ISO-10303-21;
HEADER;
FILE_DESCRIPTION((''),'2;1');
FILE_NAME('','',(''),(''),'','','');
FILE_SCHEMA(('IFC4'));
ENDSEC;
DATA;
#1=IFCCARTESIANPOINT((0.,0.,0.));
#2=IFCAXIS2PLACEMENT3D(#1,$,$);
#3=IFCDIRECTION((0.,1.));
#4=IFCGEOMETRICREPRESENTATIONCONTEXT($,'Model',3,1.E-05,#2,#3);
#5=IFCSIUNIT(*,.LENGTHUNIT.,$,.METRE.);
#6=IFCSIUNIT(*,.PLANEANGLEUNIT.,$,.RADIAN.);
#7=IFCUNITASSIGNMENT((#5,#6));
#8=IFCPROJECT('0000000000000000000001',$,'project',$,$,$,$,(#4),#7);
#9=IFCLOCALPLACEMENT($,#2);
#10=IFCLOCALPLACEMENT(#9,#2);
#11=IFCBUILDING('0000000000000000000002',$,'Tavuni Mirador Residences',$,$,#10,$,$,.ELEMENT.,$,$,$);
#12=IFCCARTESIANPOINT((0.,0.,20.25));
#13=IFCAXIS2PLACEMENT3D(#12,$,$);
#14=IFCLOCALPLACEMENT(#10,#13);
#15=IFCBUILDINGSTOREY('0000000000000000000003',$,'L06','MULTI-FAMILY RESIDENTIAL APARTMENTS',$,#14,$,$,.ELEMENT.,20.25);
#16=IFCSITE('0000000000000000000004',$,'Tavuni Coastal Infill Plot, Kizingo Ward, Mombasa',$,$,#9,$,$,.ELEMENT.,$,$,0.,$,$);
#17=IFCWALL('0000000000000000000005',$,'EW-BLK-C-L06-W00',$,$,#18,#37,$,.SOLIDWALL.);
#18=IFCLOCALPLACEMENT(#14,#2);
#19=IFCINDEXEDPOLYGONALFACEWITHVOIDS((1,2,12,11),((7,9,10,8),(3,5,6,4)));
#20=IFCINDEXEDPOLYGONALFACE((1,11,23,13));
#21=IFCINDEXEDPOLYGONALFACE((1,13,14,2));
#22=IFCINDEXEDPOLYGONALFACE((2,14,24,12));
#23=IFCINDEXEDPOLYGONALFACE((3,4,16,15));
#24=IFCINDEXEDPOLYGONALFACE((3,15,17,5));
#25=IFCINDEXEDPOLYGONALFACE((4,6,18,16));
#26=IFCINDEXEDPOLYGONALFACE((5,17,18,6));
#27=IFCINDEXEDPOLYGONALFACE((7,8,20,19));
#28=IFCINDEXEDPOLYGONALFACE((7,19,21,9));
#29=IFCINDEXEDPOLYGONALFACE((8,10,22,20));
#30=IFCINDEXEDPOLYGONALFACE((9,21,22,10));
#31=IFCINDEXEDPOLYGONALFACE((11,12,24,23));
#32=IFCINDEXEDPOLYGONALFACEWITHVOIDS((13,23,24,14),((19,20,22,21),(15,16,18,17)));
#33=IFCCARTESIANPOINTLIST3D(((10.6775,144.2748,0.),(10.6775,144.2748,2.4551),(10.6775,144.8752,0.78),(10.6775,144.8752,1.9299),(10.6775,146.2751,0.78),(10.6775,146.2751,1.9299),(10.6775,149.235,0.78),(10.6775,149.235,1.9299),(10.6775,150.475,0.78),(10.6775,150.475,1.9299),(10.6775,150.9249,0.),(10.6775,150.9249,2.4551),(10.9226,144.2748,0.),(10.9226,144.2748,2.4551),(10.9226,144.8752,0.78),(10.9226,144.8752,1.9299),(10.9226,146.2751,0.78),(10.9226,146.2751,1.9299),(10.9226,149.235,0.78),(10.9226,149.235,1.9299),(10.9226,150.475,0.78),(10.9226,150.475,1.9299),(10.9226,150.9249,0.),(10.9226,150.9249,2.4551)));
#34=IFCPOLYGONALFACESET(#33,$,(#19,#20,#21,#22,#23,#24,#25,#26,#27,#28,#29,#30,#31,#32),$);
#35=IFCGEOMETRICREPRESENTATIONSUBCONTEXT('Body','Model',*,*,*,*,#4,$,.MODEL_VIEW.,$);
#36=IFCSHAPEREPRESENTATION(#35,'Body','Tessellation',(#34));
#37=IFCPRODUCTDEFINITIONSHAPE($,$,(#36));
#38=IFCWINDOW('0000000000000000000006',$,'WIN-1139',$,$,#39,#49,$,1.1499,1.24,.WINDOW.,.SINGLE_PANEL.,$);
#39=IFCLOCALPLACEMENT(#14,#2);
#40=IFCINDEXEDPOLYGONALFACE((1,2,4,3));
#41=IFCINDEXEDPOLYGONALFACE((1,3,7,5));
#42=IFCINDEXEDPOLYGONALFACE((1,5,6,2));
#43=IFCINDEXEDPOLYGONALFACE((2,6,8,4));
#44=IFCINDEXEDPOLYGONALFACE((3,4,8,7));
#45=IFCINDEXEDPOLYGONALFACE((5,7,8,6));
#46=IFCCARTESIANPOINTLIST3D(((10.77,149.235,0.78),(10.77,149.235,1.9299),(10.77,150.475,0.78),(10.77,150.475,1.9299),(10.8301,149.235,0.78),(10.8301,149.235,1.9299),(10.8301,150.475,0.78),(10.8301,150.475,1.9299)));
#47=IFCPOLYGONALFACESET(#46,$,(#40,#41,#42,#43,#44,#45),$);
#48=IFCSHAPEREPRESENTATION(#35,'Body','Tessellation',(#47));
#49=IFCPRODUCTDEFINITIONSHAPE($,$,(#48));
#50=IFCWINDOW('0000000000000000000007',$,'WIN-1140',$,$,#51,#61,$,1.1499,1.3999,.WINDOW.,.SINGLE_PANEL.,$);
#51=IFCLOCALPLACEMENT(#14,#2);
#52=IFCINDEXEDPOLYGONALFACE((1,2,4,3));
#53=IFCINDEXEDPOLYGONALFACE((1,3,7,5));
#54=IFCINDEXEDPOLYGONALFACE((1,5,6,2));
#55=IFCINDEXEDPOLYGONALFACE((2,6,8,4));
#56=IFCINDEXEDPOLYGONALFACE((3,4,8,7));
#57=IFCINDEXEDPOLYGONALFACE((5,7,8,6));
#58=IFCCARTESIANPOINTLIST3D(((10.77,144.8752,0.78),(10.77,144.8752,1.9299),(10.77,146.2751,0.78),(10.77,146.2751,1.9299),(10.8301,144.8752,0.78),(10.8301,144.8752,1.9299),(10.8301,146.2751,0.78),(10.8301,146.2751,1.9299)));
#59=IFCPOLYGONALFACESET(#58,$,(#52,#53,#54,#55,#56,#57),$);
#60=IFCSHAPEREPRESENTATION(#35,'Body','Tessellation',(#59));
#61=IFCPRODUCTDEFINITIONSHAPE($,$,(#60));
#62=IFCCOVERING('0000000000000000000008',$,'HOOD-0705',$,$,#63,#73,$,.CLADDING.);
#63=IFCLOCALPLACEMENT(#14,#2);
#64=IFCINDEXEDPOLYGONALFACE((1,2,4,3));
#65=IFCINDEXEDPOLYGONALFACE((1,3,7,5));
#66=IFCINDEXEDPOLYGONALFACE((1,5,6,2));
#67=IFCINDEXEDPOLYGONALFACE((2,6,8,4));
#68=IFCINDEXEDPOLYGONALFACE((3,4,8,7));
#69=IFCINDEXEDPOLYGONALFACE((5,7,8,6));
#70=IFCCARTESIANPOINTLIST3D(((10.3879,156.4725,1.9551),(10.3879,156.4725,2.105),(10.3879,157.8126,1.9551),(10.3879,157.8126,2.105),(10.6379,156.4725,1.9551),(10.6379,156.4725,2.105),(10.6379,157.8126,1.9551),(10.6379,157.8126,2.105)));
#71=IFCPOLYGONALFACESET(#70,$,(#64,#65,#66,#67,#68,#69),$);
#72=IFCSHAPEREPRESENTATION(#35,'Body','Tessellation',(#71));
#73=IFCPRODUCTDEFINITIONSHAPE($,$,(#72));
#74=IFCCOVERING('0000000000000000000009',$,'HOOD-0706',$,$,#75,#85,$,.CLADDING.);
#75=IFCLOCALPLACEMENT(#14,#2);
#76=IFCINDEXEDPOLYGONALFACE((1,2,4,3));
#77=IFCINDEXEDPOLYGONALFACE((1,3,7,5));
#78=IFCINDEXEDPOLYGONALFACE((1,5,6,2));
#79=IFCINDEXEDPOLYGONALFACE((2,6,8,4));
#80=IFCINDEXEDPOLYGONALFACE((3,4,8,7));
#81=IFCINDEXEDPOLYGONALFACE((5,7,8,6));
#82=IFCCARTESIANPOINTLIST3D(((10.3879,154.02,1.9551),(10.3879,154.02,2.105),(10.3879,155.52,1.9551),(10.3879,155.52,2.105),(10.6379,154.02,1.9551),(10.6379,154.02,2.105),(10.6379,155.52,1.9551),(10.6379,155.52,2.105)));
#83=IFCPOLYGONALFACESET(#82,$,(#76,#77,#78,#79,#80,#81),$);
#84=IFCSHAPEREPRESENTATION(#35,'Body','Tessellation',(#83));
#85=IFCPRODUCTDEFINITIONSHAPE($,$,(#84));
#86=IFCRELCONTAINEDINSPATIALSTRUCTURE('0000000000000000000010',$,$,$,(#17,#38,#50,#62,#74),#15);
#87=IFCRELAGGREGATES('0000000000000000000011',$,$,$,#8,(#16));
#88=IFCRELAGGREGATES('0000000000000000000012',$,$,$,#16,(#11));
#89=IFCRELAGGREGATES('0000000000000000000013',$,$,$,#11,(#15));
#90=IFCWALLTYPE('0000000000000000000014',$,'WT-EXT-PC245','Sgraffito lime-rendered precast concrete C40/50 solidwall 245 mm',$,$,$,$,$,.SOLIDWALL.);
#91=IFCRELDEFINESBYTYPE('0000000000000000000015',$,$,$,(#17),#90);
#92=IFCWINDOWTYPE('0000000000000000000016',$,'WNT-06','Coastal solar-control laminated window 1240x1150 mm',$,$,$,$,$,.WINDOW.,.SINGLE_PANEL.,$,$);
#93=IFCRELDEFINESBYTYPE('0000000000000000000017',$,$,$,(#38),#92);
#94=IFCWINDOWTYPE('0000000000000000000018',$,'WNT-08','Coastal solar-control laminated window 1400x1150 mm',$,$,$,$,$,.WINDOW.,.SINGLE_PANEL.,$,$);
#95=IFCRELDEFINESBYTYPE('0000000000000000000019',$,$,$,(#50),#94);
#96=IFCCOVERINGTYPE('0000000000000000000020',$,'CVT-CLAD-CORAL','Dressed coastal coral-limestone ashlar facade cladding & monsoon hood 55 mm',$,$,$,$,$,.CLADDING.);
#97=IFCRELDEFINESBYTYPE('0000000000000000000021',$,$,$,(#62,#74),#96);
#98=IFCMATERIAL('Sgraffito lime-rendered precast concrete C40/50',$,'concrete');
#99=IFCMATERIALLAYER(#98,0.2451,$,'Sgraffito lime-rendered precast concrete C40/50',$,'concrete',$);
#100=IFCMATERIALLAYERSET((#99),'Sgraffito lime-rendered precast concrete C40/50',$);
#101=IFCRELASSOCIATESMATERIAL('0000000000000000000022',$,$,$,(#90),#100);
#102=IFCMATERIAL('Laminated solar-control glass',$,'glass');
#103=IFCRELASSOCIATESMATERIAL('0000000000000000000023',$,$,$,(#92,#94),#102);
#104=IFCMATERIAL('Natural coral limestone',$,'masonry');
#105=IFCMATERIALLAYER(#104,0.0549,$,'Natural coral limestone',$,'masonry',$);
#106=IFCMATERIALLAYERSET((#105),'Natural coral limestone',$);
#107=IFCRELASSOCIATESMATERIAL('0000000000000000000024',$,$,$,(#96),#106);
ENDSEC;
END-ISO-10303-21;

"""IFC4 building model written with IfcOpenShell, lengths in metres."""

from ifc_helpers import new_model, si_unit, direction, frame, frame_2d, origin, origin_2d, place, context, subcontext, project, spatial, rectangle, extrude, material, layer, layer_set, type_object, element, fill, save


model = new_model("IFC4")

# Units and contexts
model_context = context("Model", 3, precision=1e-05, world=origin(), true_north=direction((0.0, 1.0)))
body_context = subcontext(model_context, "Body", "Model", "MODEL_VIEW")
ifc_project = project(units=[si_unit("LENGTHUNIT", "METRE"), si_unit("PLANEANGLEUNIT", "RADIAN")], contexts=[model_context])

# Site, building, storey
site_placement = place(None, origin())
site = spatial("IfcSite", under=ifc_project, at=site_placement, Name="Tavuni Coastal Infill Plot, Kizingo Ward, Mombasa", CompositionType="ELEMENT", RefElevation=0.0)
building_placement = place(site_placement, origin())
building = spatial("IfcBuilding", under=site, at=building_placement, Name="Tavuni Mirador Residences", CompositionType="ELEMENT")
storey_placement = place(building_placement, frame((0.0, 0.0, 20.25)))
storey = spatial("IfcBuildingStorey", under=building, at=storey_placement, Name="L06", Description="MULTI-FAMILY RESIDENTIAL APARTMENTS", CompositionType="ELEMENT", Elevation=20.25)

# Wall, openings, windows
ifc_material_1 = material(Name="Laminated solar-control glass", Category="glass")
ifc_material_2 = material(Name="Sgraffito lime-rendered precast concrete C40/50", Category="concrete")
ifc_layer_1 = layer(ifc_material_2, 0.2451, Name="Sgraffito lime-rendered precast concrete C40/50", Category="concrete")
ifc_layer_set_1 = layer_set([ifc_layer_1], Name="Sgraffito lime-rendered precast concrete C40/50")
wall_type_1 = type_object("IfcWallType", Name="WT-EXT-PC245", Description="Sgraffito lime-rendered precast concrete C40/50 solidwall 245 mm", PredefinedType="SOLIDWALL", material=ifc_layer_set_1)
wall_1_placement = place(storey_placement, frame((10.8, 150.925, 0.0), z_axis=(0.0, 0.0, 1.0), x_axis=(0.0, -1.0, 0.0)))
wall_1 = element("IfcWall", 1, at=wall_1_placement, inside=storey, type_object=wall_type_1, Name="EW-BLK-C-L06-W00", PredefinedType="SOLIDWALL", context=body_context, shape_type="SweptSolid", body=[
    extrude(rectangle(XDim=6.6501, YDim=0.2451, at=frame_2d((3.3252, 0.0))), origin(), (0.0, 0.0, 1.0), 2.4551),
])
opening_1_placement = place(wall_1_placement, frame((0.45, 0.0, 0.78)))
opening_1 = element("IfcOpeningElement", 2, at=opening_1_placement, cuts=wall_1, PredefinedType="OPENING", context=body_context, shape_type="SweptSolid", body=[
    extrude(rectangle(XDim=1.24, YDim=1.1499, at=frame_2d((0.6201, 0.575))), frame((0.0, 0.1326, 0.0), z_axis=(0.0, -1.0, 0.0), x_axis=(1.0, 0.0, 0.0)), (0.0, 0.0, 1.0), 0.2651),
])
opening_2_placement = place(wall_1_placement, frame((4.6499, 0.0, 0.78)))
opening_2 = element("IfcOpeningElement", 3, at=opening_2_placement, cuts=wall_1, PredefinedType="OPENING", context=body_context, shape_type="SweptSolid", body=[
    extrude(rectangle(XDim=1.3999, YDim=1.1499, at=frame_2d((0.7, 0.575))), frame((0.0, 0.1326, 0.0), z_axis=(0.0, -1.0, 0.0), x_axis=(1.0, 0.0, 0.0)), (0.0, 0.0, 1.0), 0.2651),
])
window_type_1 = type_object("IfcWindowType", Name="WNT-06", Description="Coastal solar-control laminated window 1240x1150 mm", PartitioningType="SINGLE_PANEL", PredefinedType="WINDOW", material=ifc_material_1)
window_1_placement = place(opening_1_placement, origin())
window_1 = element("IfcWindow", 4, at=window_1_placement, inside=storey, type_object=window_type_1, Name="WIN-1139", OverallHeight=1.1499, OverallWidth=1.24, PartitioningType="SINGLE_PANEL", PredefinedType="WINDOW", context=body_context, shape_type="SweptSolid", body=[
    extrude(rectangle(XDim=1.24, YDim=1.1499, at=frame_2d((0.6201, 0.575))), frame((0.0, 0.03, 0.0), z_axis=(0.0, -1.0, 0.0), x_axis=(1.0, 0.0, 0.0)), (0.0, 0.0, 1.0), 0.0601),
])
fill(opening_1, window_1)
window_type_2 = type_object("IfcWindowType", Name="WNT-08", Description="Coastal solar-control laminated window 1400x1150 mm", PartitioningType="SINGLE_PANEL", PredefinedType="WINDOW", material=ifc_material_1)
window_2_placement = place(opening_2_placement, origin())
window_2 = element("IfcWindow", 5, at=window_2_placement, inside=storey, type_object=window_type_2, Name="WIN-1140", OverallHeight=1.1499, OverallWidth=1.3999, PartitioningType="SINGLE_PANEL", PredefinedType="WINDOW", context=body_context, shape_type="SweptSolid", body=[
    extrude(rectangle(XDim=1.3999, YDim=1.1499, at=frame_2d((0.7, 0.575))), frame((0.0, 0.03, 0.0), z_axis=(0.0, -1.0, 0.0), x_axis=(1.0, 0.0, 0.0)), (0.0, 0.0, 1.0), 0.0601),
])
fill(opening_2, window_2)

# Coverings
ifc_material_3 = material(Name="Natural coral limestone", Category="masonry")
ifc_layer_2 = layer(ifc_material_3, 0.0549, Name="Natural coral limestone", Category="masonry")
ifc_layer_set_2 = layer_set([ifc_layer_2], Name="Natural coral limestone")
covering_type = type_object("IfcCoveringType", Name="CVT-CLAD-CORAL", Description="Dressed coastal coral-limestone ashlar facade cladding & monsoon hood 55 mm", PredefinedType="CLADDING", material=ifc_layer_set_2)
covering_1_placement = place(storey_placement, frame((10.5129, 157.1426, 1.9551), z_axis=(0.0, 0.0, 1.0), x_axis=(0.0, -1.0, 0.0)))
element("IfcCovering", 6, at=covering_1_placement, inside=storey, type_object=covering_type, Name="HOOD-0705", PredefinedType="CLADDING", context=body_context, shape_type="SweptSolid", body=[
    extrude(rectangle(XDim=1.3401, YDim=0.25, at=origin_2d()), origin(), (0.0, 0.0, 1.0), 0.1499),
])
covering_2_placement = place(storey_placement, frame((10.5129, 154.77, 1.9551), z_axis=(0.0, 0.0, 1.0), x_axis=(0.0, -1.0, 0.0)))
element("IfcCovering", 7, at=covering_2_placement, inside=storey, type_object=covering_type, Name="HOOD-0706", PredefinedType="CLADDING", context=body_context, shape_type="SweptSolid", body=[
    extrude(rectangle(XDim=1.5, YDim=0.25, at=origin_2d()), origin(), (0.0, 0.0, 1.0), 0.1499),
])

save(model, "model.ifc")
